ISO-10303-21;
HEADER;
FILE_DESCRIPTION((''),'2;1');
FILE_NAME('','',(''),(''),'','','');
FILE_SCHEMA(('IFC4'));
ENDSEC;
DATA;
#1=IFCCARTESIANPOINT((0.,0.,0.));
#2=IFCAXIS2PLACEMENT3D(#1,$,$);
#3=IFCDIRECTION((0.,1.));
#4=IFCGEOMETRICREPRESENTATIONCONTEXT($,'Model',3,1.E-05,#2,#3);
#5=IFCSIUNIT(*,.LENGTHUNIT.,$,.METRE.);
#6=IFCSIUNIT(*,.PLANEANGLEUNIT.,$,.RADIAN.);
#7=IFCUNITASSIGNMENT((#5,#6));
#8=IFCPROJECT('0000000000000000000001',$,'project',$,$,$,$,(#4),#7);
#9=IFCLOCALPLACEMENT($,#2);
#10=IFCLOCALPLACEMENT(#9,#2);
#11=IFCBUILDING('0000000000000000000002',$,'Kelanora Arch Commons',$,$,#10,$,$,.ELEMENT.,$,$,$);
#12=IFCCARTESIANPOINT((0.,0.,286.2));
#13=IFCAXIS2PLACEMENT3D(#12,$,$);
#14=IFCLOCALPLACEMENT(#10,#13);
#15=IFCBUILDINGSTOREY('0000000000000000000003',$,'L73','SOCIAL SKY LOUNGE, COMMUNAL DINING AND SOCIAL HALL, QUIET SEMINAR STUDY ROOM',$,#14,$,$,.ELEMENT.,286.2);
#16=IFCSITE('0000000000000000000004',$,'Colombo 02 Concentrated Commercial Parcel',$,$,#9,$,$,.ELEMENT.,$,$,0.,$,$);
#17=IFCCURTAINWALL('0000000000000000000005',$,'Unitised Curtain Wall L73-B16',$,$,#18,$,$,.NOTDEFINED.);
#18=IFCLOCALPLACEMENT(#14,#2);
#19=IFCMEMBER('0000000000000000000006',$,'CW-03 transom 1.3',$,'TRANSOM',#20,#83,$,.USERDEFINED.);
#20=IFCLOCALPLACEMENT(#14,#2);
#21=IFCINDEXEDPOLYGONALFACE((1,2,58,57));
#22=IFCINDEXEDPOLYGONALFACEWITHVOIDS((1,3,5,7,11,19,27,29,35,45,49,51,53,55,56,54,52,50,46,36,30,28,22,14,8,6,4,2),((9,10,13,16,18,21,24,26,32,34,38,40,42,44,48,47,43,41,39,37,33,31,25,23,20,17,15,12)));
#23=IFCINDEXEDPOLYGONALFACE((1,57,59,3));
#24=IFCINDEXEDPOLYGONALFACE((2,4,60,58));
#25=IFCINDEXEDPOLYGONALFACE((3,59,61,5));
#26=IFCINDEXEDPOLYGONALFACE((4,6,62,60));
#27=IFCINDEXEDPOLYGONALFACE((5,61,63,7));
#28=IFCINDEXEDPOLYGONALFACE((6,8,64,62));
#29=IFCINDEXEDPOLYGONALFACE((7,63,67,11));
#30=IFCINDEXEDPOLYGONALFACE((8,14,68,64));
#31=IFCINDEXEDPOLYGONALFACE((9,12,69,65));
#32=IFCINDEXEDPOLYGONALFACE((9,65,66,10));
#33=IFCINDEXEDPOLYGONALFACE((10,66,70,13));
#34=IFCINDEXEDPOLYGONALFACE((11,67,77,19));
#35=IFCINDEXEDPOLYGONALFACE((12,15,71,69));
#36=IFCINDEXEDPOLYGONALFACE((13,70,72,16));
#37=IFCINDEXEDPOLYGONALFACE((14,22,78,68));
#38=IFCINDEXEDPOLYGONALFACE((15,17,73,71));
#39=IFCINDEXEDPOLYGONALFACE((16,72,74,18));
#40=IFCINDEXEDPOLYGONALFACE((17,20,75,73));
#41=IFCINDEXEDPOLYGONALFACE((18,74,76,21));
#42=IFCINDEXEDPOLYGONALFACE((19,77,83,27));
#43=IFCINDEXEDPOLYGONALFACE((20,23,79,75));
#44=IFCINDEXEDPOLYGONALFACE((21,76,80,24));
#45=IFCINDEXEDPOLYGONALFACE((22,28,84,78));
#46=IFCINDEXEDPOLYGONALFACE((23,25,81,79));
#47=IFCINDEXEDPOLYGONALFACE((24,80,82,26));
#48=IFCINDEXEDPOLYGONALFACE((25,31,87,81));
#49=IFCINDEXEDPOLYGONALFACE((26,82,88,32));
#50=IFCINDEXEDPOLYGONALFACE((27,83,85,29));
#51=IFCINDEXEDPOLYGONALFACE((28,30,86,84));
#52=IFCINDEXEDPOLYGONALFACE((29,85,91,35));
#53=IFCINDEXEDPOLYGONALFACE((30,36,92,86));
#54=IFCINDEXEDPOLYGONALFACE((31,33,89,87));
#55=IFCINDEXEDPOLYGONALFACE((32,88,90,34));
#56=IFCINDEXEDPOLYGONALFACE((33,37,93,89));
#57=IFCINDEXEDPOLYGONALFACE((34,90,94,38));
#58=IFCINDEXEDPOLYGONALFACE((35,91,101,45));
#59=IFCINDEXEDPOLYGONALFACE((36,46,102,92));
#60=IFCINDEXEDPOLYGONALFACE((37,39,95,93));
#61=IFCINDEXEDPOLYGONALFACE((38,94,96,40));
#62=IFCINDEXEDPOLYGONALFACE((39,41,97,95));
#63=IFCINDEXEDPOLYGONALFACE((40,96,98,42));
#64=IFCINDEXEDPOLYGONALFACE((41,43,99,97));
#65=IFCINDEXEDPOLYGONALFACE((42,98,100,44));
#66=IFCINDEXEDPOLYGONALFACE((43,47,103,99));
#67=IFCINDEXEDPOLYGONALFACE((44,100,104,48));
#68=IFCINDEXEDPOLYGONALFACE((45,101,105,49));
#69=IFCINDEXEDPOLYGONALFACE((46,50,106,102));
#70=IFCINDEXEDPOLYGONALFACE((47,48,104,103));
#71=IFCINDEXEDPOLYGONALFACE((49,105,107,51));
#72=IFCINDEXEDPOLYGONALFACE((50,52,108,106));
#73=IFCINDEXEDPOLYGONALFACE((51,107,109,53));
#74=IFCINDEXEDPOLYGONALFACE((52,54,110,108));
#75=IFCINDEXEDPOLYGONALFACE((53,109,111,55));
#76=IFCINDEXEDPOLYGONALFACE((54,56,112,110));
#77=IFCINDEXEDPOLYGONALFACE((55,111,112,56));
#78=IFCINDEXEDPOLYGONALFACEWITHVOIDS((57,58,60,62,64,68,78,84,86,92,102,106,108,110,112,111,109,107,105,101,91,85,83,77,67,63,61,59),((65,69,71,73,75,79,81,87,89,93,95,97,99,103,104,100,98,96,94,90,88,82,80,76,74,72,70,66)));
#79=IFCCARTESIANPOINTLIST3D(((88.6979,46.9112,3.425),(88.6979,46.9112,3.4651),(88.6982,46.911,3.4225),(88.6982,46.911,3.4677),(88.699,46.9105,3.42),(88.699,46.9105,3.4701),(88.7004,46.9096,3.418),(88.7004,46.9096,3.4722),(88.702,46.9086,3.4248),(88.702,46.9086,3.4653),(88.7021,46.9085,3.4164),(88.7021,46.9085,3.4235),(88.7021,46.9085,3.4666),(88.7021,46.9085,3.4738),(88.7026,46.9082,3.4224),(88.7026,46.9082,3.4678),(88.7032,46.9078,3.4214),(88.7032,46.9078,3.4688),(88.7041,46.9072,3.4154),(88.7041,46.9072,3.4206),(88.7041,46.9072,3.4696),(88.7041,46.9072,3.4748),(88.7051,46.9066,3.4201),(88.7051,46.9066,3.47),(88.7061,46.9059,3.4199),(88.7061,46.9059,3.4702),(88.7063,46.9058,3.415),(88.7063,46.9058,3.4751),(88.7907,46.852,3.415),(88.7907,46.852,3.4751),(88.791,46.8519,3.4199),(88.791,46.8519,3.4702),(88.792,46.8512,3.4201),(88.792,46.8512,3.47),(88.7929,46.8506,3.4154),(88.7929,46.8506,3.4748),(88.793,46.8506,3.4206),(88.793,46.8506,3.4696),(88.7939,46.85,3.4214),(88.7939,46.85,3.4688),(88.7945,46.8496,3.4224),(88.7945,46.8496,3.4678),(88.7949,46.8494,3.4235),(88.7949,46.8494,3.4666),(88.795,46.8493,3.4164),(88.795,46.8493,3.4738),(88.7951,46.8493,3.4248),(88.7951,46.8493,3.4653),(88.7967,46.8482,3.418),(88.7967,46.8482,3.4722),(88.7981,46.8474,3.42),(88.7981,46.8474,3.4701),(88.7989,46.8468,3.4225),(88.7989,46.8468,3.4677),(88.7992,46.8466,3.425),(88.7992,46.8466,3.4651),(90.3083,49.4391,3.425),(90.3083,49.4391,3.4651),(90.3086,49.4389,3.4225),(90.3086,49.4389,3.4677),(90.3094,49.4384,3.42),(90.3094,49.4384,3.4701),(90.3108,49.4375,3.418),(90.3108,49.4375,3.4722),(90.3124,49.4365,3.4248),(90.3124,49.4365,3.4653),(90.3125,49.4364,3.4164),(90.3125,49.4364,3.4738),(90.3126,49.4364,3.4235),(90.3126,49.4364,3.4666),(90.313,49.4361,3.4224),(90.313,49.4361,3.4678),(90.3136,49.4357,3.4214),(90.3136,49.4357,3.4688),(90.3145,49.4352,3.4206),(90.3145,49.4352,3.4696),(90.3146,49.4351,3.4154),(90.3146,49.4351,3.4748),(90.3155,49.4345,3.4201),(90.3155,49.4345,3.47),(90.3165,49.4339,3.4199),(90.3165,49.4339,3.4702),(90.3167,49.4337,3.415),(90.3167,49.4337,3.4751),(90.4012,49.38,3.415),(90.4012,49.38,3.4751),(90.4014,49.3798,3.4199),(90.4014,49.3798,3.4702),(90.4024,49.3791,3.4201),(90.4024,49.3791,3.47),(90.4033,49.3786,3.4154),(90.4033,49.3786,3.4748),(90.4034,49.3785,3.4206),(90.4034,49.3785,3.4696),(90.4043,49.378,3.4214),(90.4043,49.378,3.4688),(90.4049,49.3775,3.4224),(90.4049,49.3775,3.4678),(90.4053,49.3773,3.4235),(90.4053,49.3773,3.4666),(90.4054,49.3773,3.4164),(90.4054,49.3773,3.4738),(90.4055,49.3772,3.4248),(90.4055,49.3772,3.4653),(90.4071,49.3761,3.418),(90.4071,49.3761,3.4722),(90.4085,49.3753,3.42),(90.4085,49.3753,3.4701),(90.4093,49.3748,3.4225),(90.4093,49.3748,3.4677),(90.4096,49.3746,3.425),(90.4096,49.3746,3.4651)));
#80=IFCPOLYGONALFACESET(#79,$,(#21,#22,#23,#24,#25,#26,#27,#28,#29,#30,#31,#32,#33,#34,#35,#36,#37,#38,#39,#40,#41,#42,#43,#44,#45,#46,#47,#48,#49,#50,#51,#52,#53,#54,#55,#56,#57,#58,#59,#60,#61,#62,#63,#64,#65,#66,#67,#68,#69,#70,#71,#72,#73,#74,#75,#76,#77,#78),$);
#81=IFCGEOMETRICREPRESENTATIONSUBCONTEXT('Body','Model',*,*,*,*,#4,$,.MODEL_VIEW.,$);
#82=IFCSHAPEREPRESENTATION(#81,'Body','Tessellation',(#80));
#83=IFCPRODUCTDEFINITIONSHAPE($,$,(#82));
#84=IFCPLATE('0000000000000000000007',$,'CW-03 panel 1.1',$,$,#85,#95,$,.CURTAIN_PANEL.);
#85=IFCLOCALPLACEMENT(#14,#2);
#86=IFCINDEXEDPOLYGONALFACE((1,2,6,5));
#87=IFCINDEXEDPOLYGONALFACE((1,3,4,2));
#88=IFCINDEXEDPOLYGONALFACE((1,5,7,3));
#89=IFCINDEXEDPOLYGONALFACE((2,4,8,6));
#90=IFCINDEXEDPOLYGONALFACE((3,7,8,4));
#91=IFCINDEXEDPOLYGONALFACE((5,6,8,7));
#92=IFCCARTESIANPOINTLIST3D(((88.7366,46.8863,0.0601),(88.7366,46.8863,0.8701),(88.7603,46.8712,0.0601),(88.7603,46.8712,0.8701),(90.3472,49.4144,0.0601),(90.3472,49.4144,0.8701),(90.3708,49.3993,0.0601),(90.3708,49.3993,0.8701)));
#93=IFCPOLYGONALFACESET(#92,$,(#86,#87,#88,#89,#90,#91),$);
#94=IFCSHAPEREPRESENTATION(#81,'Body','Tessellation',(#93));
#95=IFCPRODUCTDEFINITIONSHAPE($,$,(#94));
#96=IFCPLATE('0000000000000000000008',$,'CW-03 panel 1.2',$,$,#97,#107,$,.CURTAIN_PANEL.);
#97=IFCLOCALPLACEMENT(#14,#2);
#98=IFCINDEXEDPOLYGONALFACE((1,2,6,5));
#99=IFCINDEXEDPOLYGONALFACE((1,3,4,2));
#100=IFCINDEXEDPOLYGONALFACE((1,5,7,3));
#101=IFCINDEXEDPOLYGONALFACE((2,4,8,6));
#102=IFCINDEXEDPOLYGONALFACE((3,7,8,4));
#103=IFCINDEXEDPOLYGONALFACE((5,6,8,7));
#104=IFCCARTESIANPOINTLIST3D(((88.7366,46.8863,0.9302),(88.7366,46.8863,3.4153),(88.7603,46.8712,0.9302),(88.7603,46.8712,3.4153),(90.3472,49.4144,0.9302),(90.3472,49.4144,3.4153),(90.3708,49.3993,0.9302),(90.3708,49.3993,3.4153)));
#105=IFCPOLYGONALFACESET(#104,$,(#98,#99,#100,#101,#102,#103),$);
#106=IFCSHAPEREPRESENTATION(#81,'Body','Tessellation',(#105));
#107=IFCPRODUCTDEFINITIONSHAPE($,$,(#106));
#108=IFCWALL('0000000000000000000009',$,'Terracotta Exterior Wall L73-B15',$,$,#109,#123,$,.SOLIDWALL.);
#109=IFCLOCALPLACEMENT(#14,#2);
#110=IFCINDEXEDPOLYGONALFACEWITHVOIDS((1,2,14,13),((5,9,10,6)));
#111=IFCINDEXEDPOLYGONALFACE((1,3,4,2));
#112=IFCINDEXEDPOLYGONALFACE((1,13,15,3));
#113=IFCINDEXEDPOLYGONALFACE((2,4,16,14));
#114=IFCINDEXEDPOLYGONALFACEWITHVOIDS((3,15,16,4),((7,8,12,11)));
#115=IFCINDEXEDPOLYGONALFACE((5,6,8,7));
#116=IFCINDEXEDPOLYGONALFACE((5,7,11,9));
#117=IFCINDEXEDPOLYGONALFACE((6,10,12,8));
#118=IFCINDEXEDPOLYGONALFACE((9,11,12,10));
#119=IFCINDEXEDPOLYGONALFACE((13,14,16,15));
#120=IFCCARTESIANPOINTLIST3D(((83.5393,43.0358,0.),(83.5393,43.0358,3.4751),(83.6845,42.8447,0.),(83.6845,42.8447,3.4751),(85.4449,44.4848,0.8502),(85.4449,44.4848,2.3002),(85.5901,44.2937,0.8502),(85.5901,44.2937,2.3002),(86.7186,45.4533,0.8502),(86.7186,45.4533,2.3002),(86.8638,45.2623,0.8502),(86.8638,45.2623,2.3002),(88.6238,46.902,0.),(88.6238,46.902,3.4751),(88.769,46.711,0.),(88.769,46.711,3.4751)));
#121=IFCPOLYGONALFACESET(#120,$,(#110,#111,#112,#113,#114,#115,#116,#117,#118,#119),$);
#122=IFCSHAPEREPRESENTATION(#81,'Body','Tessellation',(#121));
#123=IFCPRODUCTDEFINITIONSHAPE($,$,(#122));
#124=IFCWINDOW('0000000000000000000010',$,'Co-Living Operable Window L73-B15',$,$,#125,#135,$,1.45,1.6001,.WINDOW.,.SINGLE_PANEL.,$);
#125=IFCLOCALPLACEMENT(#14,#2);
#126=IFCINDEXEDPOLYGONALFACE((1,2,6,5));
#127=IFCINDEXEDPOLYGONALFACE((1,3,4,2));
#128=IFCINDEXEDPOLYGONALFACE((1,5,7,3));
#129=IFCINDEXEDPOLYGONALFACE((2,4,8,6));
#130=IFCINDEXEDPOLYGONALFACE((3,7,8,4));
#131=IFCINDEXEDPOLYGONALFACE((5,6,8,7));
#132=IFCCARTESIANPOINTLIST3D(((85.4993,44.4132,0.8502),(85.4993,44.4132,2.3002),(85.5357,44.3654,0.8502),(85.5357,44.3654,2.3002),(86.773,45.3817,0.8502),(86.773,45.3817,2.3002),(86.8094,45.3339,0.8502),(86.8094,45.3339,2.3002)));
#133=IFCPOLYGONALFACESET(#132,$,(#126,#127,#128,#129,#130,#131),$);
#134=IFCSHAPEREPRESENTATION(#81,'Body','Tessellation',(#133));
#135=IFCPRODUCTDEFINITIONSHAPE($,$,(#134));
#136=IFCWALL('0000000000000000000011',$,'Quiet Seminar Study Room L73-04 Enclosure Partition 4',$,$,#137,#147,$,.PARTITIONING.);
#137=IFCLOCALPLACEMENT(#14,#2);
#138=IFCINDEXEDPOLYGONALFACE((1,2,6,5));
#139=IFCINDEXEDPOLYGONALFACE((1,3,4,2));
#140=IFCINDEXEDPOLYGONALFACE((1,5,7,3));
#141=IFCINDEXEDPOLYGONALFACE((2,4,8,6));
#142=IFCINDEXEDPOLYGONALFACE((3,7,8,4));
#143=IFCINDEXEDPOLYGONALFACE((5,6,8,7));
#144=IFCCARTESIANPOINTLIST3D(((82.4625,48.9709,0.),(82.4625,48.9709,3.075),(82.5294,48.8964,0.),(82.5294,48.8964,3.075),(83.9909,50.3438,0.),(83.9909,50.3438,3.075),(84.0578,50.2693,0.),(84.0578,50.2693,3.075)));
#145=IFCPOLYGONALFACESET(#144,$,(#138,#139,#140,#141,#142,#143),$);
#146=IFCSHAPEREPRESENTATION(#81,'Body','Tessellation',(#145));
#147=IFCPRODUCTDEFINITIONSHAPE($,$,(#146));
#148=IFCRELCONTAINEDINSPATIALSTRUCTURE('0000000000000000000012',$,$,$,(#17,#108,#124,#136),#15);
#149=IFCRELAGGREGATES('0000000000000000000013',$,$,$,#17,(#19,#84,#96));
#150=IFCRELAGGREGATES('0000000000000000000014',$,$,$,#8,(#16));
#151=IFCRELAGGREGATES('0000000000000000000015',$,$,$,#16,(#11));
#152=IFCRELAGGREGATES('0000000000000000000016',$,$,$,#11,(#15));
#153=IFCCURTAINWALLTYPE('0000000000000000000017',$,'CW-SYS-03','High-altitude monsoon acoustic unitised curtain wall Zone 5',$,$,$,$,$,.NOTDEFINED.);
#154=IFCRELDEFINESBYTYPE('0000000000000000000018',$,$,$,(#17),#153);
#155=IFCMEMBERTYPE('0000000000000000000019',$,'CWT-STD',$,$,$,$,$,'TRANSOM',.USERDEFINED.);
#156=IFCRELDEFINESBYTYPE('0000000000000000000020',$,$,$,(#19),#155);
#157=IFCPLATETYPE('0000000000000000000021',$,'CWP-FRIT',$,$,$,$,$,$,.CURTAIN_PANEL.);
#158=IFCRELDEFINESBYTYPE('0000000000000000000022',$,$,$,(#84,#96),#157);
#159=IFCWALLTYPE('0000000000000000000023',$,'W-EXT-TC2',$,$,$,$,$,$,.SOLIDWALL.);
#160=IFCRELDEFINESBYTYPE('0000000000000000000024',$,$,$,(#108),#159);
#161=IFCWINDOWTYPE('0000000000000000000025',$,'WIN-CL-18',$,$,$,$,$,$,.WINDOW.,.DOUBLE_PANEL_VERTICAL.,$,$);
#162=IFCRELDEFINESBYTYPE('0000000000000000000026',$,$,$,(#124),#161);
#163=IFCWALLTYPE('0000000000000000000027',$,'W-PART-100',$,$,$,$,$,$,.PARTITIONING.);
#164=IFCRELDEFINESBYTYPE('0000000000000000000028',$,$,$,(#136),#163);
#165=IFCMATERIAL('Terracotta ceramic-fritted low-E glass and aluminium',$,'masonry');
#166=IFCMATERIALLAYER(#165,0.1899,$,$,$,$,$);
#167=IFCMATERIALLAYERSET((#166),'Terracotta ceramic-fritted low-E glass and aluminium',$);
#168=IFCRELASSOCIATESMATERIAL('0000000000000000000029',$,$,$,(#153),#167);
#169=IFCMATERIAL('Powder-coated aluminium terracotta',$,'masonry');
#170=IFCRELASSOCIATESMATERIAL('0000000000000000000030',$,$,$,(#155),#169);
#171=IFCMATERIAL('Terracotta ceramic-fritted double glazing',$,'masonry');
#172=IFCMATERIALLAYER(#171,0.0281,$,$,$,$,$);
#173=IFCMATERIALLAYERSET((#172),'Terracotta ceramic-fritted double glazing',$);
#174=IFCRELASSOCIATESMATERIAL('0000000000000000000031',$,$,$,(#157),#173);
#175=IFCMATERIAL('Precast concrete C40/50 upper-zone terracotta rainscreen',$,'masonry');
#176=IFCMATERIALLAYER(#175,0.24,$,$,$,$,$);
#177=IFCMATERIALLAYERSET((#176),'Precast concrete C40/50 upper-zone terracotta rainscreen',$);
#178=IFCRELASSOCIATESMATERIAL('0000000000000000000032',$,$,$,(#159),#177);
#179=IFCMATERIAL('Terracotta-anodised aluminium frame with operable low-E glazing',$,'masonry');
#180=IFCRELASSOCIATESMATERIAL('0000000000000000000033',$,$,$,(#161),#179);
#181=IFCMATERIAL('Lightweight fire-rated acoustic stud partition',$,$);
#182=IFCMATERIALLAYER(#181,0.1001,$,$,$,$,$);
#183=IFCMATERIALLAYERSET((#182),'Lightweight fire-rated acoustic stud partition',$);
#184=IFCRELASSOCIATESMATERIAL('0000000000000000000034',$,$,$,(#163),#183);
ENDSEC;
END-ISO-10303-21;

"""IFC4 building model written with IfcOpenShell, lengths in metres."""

from ifc_helpers import new_model, si_unit, direction, frame, frame_2d, origin, origin_2d, place, context, subcontext, project, spatial, rectangle, hollow_rectangle, extrude, source, transform, mapped, material, layer, layer_set, material_profile, profile_set, type_object, element, fill, aggregate, save


model = new_model("IFC4")

# Units and contexts
model_context = context("Model", 3, precision=1e-05, world=origin(), true_north=direction((0.0, 1.0)))
body_context = subcontext(model_context, "Body", "Model", "MODEL_VIEW")
ifc_project = project(units=[si_unit("LENGTHUNIT", "METRE"), si_unit("PLANEANGLEUNIT", "RADIAN")], contexts=[model_context])

# Site, building, storey
site_placement = place(None, origin())
site = spatial("IfcSite", under=ifc_project, at=site_placement, Name="Colombo 02 Concentrated Commercial Parcel", CompositionType="ELEMENT", RefElevation=0.0)
building_placement = place(site_placement, origin())
building = spatial("IfcBuilding", under=site, at=building_placement, Name="Kelanora Arch Commons", CompositionType="ELEMENT")
storey_placement = place(building_placement, frame((0.0, 0.0, 286.2)))
storey = spatial("IfcBuildingStorey", under=building, at=storey_placement, Name="L73", Description="SOCIAL SKY LOUNGE, COMMUNAL DINING AND SOCIAL HALL, QUIET SEMINAR STUDY ROOM", CompositionType="ELEMENT", Elevation=286.2)

# Shared definitions
ifc_material_1 = material(Name="Terracotta ceramic-fritted low-E glass and aluminium", Category="masonry")
ifc_layer_1 = layer(ifc_material_1, 0.1899)
ifc_layer_set_1 = layer_set([ifc_layer_1], Name="Terracotta ceramic-fritted low-E glass and aluminium")
curtain_wall_type = type_object("IfcCurtainWallType", Name="CW-SYS-03", Description="High-altitude monsoon acoustic unitised curtain wall Zone 5", PredefinedType="NOTDEFINED", material=ifc_layer_set_1)
ifc_material_2 = material(Name="Powder-coated aluminium terracotta", Category="masonry")

# Curtain wall, member, plates
curtain_wall_1_placement = place(storey_placement, origin())
curtain_wall_1 = element("IfcCurtainWall", 1, at=curtain_wall_1_placement, inside=storey, type_object=curtain_wall_type, Name="Unitised Curtain Wall L73-B16", PredefinedType="NOTDEFINED")
ifc_material_profile_1 = material_profile(ifc_material_2, hollow_rectangle(XDim=0.1201, YDim=0.0601, WallThickness=0.0049, InnerFilletRadius=0.0049, OuterFilletRadius=0.01, at=origin_2d()), Name="CWT120x60")
ifc_profile_set_1 = profile_set([ifc_material_profile_1], Name="Powder-coated aluminium terracotta")
member_type_1 = type_object("IfcMemberType", Name="CWT-STD", ElementType="TRANSOM", PredefinedType="USERDEFINED", material=ifc_profile_set_1)
member_1_placement = place(storey_placement, frame((88.7485, 46.8789, 3.4451), z_axis=(0.537287, 0.8434, 0.0), x_axis=(-0.8434, 0.537287, 0.0)))
member_1 = element("IfcMember", 2, at=member_1_placement, type_object=member_type_1, Name="CW-03 transom 1.3", ObjectType="TRANSOM", PredefinedType="USERDEFINED", context=body_context, shape_type="SweptSolid", body=[
    extrude(hollow_rectangle(XDim=0.1201, YDim=0.0601, WallThickness=0.0049, InnerFilletRadius=0.0049, OuterFilletRadius=0.01, at=origin_2d()), origin(), (0.0, 0.0, 1.0), 2.9973),
])
ifc_material_3 = material(Name="Terracotta ceramic-fritted double glazing", Category="masonry")
ifc_layer_2 = layer(ifc_material_3, 0.0281)
ifc_layer_set_2 = layer_set([ifc_layer_2], Name="Terracotta ceramic-fritted double glazing")
plate_type = type_object("IfcPlateType", Name="CWP-FRIT", PredefinedType="CURTAIN_PANEL", material=ifc_layer_set_2)
shared_shape_1 = source(origin(), body_context, "Body", "SweptSolid", [
    extrude(rectangle(XDim=2.9976, YDim=0.0281, at=origin_2d()), origin(), (0.0, 0.0, 1.0), 0.8101),
])
plate_1_placement = place(storey_placement, frame((89.5537, 48.1428, 0.0601), z_axis=(0.0, 0.0, 1.0), x_axis=(0.5373, 0.843391, 0.0)))
plate_1 = element("IfcPlate", 3, at=plate_1_placement, type_object=plate_type, Name="CW-03 panel 1.1", PredefinedType="CURTAIN_PANEL", context=body_context, shape_type="MappedRepresentation", body=[
    mapped(shared_shape_1, transform((0.0, 0.0, 0.0), scale=1.0)),
])
shared_shape_2 = source(origin(), body_context, "Body", "SweptSolid", [
    extrude(rectangle(XDim=2.9976, YDim=0.0281, at=origin_2d()), origin(), (0.0, 0.0, 1.0), 2.4851),
])
plate_2_placement = place(storey_placement, frame((89.5537, 48.1428, 0.9302), z_axis=(0.0, 0.0, 1.0), x_axis=(0.5373, 0.843391, 0.0)))
plate_2 = element("IfcPlate", 4, at=plate_2_placement, type_object=plate_type, Name="CW-03 panel 1.2", PredefinedType="CURTAIN_PANEL", context=body_context, shape_type="MappedRepresentation", body=[
    mapped(shared_shape_2, transform((0.0, 0.0, 0.0), scale=1.0)),
])
aggregate(curtain_wall_1, [member_1, plate_1, plate_2])

# Wall, opening, window
ifc_material_4 = material(Name="Precast concrete C40/50 upper-zone terracotta rainscreen", Category="masonry")
ifc_layer_3 = layer(ifc_material_4, 0.24)
ifc_layer_set_3 = layer_set([ifc_layer_3], Name="Precast concrete C40/50 upper-zone terracotta rainscreen")
wall_type_1 = type_object("IfcWallType", Name="W-EXT-TC2", PredefinedType="SOLIDWALL", material=ifc_layer_set_3)
wall_1_placement = place(storey_placement, frame((83.6118, 42.9402, 0.0), z_axis=(0.0, 0.0, 1.0), x_axis=(0.79601, 0.605283, 0.0)))
wall_1 = element("IfcWall", 5, at=wall_1_placement, inside=storey, type_object=wall_type_1, Name="Terracotta Exterior Wall L73-B15", PredefinedType="SOLIDWALL", context=body_context, shape_type="SweptSolid", body=[
    extrude(rectangle(XDim=6.3875, YDim=0.24, at=frame_2d((3.1938, 0.0))), origin(), (0.0, 0.0, 1.0), 3.4751),
])
opening_placement = place(wall_1_placement, frame((2.394, 0.0, 0.8501)))
opening = element("IfcOpeningElement", 6, at=opening_placement, cuts=wall_1, PredefinedType="OPENING", context=body_context, shape_type="SweptSolid", body=[
    extrude(rectangle(XDim=1.6001, YDim=1.45, at=frame_2d((0.8, 0.7251))), frame((0.0, 0.1299, 0.0), z_axis=(0.0, -1.0, 0.0), x_axis=(1.0, 0.0, 0.0)), (0.0, 0.0, 1.0), 0.26),
])
ifc_material_5 = material(Name="Terracotta-anodised aluminium frame with operable low-E glazing", Category="masonry")
window_type = type_object("IfcWindowType", Name="WIN-CL-18", PartitioningType="DOUBLE_PANEL_VERTICAL", PredefinedType="WINDOW", material=ifc_material_5)
window_placement = place(opening_placement, origin())
window = element("IfcWindow", 7, at=window_placement, inside=storey, type_object=window_type, Name="Co-Living Operable Window L73-B15", OverallHeight=1.45, OverallWidth=1.6001, PartitioningType="SINGLE_PANEL", PredefinedType="WINDOW", context=body_context, shape_type="SweptSolid", body=[
    extrude(rectangle(XDim=1.6001, YDim=1.45, at=frame_2d((0.8, 0.7251))), frame((0.0, 0.03, 0.0), z_axis=(0.0, -1.0, 0.0), x_axis=(1.0, 0.0, 0.0)), (0.0, 0.0, 1.0), 0.0601),
])
fill(opening, window)

# Wall
ifc_material_6 = material(Name="Lightweight fire-rated acoustic stud partition")
ifc_layer_4 = layer(ifc_material_6, 0.1001)
ifc_layer_set_4 = layer_set([ifc_layer_4], Name="Lightweight fire-rated acoustic stud partition")
wall_type_2 = type_object("IfcWallType", Name="W-PART-100", PredefinedType="PARTITIONING", material=ifc_layer_set_4)
wall_2_placement = place(storey_placement, frame((82.4958, 48.9336, 0.0), z_axis=(0.0, 0.0, 1.0), x_axis=(0.743944, 0.668242, 0.0)))
element("IfcWall", 8, at=wall_2_placement, inside=storey, type_object=wall_type_2, Name="Quiet Seminar Study Room L73-04 Enclosure Partition 4", PredefinedType="PARTITIONING", context=body_context, shape_type="SweptSolid", body=[
    extrude(rectangle(XDim=2.0544, YDim=0.1001, at=frame_2d((1.0273, 0.0))), origin(), (0.0, 0.0, 1.0), 3.075),
])

save(model, "model.ifc")
